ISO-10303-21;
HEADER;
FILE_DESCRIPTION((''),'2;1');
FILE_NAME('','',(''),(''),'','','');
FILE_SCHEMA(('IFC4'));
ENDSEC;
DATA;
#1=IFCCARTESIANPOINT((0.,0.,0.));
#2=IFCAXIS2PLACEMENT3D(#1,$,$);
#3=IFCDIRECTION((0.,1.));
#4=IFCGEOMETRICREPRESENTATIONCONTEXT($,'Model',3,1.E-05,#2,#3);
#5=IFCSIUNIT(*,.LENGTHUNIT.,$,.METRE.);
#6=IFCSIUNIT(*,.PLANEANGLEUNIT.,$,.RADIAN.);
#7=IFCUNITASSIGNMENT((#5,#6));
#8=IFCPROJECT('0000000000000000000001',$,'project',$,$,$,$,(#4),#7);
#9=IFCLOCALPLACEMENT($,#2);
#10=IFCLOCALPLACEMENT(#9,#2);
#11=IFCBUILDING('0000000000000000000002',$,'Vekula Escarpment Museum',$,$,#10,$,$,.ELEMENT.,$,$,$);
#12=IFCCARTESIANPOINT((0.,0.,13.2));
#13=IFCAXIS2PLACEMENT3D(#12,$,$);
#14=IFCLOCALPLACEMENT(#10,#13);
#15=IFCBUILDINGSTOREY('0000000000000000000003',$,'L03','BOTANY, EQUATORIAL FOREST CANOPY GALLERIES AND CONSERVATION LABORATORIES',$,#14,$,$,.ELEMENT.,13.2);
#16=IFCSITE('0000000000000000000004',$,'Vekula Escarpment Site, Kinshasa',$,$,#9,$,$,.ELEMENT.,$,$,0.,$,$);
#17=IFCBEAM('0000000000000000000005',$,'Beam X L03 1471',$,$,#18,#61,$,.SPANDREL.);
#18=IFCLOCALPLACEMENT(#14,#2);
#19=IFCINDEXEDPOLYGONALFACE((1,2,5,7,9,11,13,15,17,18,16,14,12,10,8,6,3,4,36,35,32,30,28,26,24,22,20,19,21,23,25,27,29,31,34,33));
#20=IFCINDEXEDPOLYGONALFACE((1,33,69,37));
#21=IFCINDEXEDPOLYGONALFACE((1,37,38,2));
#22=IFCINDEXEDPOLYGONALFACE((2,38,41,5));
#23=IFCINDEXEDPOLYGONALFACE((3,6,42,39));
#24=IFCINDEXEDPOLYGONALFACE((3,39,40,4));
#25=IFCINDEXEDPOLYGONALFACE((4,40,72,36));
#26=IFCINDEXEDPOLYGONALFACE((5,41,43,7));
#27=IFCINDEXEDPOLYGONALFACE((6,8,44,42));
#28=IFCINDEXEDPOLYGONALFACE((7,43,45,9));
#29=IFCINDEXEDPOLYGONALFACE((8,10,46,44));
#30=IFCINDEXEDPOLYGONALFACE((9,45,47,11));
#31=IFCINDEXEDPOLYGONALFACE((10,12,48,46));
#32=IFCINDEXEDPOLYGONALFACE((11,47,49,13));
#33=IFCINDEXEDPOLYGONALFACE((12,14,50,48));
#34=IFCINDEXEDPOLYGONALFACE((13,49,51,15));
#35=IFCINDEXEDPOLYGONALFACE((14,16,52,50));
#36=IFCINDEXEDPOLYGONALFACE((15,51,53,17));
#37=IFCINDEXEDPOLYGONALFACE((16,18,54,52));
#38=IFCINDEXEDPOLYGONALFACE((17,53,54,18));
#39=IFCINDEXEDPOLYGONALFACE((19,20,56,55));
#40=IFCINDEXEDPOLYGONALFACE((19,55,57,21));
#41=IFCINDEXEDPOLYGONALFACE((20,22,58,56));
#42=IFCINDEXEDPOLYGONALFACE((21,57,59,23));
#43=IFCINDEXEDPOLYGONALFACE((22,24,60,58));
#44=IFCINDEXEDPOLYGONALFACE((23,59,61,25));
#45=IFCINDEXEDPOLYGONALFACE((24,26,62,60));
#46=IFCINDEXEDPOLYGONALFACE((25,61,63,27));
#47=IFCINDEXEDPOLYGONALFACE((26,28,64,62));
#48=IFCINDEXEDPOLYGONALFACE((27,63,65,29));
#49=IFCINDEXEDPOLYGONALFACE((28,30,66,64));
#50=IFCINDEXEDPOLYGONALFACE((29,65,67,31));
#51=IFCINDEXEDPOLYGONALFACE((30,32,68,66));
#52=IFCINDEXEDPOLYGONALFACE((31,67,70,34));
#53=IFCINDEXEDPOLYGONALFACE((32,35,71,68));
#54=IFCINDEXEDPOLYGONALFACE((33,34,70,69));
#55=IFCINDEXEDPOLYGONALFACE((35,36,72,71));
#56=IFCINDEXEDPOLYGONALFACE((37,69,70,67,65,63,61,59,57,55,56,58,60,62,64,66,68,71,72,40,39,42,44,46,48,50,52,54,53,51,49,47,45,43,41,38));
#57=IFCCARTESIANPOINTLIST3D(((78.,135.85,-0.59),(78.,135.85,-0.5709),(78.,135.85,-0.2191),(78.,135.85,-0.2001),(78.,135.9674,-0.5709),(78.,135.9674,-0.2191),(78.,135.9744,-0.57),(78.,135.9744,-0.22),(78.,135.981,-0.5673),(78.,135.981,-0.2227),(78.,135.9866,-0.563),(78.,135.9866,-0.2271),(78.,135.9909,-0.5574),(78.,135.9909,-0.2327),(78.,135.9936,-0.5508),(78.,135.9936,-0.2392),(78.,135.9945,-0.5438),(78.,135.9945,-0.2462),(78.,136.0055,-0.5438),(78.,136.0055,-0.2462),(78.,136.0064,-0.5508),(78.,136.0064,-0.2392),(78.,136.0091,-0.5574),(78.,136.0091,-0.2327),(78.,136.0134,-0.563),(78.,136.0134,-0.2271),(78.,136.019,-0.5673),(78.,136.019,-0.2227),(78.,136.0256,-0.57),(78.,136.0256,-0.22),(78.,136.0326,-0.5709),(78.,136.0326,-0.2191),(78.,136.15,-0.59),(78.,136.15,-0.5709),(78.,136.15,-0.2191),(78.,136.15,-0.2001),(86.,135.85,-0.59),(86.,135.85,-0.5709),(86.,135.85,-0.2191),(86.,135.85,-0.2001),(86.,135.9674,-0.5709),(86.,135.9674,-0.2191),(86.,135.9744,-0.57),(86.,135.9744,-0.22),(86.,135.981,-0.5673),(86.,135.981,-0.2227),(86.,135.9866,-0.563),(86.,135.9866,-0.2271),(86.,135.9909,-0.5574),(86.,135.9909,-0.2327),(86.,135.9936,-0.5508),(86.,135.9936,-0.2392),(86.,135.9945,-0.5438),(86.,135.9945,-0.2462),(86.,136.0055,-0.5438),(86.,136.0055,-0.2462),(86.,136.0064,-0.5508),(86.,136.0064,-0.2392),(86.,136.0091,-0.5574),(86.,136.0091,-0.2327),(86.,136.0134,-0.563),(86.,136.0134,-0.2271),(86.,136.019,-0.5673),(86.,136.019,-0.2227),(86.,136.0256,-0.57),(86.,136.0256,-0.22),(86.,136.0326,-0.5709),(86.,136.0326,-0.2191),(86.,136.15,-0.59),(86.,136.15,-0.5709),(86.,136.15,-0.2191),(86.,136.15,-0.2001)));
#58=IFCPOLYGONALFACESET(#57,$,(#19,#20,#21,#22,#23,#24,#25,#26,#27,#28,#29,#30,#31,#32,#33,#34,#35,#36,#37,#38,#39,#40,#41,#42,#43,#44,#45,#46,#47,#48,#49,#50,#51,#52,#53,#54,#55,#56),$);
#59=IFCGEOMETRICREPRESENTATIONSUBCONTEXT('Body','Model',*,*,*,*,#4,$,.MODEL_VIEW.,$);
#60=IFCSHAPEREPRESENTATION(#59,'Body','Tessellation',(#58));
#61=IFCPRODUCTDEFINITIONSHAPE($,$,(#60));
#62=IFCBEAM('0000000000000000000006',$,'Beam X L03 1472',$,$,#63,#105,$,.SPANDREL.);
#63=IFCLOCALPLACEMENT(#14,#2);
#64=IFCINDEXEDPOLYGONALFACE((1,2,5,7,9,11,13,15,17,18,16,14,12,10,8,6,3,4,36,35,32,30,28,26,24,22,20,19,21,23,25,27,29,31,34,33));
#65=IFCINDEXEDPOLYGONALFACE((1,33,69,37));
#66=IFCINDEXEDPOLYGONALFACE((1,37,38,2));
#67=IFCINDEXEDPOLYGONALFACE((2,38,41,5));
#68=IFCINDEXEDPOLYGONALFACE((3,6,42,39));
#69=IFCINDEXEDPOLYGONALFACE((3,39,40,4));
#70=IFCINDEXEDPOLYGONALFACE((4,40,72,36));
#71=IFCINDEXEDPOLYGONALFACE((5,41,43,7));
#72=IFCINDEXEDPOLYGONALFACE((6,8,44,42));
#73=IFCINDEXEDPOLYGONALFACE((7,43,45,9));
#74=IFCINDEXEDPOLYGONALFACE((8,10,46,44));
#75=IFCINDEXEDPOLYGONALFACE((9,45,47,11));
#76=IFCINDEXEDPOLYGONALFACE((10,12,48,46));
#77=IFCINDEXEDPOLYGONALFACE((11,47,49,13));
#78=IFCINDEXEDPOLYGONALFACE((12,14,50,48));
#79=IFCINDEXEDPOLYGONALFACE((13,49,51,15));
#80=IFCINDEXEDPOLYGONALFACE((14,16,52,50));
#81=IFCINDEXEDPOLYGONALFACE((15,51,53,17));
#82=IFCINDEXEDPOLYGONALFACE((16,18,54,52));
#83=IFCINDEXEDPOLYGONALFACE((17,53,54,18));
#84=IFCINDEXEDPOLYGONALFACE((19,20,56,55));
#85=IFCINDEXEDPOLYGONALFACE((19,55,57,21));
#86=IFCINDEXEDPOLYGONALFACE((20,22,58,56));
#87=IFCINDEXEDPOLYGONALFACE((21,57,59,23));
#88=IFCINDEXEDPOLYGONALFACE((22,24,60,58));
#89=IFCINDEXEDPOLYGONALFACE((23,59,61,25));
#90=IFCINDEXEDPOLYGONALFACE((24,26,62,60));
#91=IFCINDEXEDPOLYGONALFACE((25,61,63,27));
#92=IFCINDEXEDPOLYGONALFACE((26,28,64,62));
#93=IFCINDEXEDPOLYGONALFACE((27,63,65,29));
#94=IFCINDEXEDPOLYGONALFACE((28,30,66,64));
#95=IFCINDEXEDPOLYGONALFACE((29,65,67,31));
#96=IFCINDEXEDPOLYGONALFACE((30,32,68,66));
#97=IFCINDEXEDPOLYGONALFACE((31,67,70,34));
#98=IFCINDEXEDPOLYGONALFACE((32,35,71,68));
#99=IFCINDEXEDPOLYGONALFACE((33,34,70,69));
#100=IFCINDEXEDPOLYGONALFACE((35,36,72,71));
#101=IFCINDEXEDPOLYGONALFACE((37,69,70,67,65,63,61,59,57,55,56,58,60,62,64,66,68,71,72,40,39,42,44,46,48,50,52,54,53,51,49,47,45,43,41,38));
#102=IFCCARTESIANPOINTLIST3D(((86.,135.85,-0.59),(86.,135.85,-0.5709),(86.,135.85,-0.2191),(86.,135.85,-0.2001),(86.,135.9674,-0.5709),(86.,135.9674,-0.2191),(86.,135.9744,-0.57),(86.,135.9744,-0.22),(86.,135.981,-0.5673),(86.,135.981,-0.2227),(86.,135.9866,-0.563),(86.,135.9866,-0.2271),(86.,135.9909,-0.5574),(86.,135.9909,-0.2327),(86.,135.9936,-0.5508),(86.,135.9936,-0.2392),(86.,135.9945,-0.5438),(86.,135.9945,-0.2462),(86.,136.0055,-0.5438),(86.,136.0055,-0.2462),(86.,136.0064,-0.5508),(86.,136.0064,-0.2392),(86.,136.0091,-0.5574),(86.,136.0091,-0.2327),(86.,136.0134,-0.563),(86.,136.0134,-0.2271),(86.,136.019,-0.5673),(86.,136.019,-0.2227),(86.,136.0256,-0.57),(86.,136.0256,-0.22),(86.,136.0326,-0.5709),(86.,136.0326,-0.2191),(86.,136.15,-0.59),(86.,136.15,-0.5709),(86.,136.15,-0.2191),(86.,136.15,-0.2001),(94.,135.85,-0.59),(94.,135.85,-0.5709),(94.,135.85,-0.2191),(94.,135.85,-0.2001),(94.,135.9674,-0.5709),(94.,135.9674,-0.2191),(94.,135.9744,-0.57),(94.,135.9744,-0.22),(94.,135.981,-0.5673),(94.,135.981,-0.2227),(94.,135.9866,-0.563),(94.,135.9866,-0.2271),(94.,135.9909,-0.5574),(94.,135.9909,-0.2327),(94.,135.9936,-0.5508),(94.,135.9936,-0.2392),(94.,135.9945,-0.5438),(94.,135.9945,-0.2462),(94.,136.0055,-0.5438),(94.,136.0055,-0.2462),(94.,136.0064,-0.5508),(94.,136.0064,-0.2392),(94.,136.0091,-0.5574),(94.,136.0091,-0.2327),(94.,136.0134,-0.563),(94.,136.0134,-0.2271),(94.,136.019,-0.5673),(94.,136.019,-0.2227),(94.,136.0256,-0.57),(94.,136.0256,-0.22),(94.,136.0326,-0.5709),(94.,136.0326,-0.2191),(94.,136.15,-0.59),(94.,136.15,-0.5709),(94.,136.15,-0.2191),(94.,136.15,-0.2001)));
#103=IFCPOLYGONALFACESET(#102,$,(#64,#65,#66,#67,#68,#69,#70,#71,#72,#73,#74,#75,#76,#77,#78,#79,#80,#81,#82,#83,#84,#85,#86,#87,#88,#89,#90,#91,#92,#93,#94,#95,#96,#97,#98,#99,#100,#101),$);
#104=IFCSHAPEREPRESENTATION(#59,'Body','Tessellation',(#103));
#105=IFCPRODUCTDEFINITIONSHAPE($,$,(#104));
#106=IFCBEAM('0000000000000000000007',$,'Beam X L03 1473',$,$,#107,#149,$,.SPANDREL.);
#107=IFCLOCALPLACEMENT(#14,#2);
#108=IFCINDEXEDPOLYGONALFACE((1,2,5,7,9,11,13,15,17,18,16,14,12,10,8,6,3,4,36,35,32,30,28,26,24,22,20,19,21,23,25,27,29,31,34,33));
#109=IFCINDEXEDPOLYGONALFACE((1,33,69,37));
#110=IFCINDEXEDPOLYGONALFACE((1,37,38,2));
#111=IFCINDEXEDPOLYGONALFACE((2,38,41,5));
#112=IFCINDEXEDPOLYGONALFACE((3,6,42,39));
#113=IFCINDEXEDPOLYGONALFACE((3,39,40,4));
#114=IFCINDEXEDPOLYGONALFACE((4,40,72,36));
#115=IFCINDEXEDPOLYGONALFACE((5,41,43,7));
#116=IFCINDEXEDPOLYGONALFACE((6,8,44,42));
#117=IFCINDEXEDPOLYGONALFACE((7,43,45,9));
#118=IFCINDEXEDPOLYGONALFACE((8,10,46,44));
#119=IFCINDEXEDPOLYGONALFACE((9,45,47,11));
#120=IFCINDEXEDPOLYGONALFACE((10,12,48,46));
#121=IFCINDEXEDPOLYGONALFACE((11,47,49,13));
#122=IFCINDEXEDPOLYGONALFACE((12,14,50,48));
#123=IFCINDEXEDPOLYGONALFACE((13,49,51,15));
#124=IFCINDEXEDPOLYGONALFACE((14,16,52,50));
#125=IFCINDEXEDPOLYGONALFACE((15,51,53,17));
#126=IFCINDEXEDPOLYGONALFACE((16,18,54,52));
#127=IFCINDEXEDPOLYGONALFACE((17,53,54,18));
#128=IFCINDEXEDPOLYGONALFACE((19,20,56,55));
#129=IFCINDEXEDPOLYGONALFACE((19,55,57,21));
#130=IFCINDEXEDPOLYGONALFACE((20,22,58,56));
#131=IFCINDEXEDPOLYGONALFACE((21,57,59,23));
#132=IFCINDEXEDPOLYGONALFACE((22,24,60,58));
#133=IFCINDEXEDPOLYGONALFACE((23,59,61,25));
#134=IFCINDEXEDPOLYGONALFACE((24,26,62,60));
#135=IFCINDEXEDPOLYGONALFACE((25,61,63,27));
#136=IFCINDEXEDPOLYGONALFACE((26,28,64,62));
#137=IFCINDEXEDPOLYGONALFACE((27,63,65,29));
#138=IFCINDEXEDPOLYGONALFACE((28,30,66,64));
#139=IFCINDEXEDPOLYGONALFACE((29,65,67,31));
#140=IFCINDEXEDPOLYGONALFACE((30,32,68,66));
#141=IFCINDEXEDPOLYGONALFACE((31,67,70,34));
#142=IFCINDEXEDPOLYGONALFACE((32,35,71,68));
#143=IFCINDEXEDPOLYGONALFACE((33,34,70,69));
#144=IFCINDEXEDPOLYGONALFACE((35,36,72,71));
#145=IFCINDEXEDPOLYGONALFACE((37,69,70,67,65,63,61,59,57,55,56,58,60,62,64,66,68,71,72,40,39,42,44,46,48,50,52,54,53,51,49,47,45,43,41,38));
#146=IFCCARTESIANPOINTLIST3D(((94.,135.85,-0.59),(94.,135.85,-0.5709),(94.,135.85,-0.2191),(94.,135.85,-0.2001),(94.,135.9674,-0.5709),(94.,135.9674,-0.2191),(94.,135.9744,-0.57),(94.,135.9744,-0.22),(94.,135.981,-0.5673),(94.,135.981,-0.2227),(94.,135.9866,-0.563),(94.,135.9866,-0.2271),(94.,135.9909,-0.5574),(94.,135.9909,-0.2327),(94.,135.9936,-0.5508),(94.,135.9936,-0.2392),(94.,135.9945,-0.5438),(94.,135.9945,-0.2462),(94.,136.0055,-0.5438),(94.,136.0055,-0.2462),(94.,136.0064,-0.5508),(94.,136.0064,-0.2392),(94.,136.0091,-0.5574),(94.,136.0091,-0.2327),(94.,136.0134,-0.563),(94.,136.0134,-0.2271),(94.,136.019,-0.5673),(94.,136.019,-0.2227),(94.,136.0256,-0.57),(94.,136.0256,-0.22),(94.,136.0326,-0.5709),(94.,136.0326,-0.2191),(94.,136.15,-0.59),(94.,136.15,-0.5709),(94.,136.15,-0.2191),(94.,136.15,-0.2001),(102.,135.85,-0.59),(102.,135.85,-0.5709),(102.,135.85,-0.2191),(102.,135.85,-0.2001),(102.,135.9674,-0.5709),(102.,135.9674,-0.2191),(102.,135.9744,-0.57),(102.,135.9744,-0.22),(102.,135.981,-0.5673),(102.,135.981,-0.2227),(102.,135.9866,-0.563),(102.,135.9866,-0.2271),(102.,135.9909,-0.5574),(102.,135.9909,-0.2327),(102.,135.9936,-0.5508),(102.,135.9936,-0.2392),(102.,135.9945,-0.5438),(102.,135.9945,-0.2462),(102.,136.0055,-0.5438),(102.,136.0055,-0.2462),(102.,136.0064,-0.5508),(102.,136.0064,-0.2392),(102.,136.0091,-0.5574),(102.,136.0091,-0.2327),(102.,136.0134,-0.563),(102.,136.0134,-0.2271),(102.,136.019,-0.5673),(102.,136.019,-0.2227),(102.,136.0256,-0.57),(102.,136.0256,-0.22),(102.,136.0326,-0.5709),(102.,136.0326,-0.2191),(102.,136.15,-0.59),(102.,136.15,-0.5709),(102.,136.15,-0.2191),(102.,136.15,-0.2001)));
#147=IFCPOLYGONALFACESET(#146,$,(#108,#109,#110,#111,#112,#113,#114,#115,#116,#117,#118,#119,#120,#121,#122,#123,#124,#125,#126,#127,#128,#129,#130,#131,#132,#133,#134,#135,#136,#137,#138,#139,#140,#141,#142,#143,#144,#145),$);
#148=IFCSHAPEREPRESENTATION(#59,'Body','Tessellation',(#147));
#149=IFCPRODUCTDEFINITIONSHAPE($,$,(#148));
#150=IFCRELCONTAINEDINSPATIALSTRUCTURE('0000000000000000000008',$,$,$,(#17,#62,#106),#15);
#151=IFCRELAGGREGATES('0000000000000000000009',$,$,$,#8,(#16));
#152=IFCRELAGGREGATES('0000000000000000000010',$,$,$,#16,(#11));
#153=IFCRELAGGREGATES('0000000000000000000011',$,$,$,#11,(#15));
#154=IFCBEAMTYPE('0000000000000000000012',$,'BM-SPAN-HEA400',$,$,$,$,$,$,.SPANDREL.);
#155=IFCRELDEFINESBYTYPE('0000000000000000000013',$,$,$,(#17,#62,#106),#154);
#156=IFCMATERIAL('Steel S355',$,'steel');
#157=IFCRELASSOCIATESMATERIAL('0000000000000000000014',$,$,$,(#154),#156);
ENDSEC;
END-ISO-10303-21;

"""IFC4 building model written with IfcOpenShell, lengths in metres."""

from ifc_helpers import new_model, si_unit, direction, frame, origin, origin_2d, place, context, subcontext, project, spatial, i_section, extrude, material, material_profile, profile_set, type_object, element, save


model = new_model("IFC4")

# Units and contexts
model_context = context("Model", 3, precision=1e-05, world=origin(), true_north=direction((0.0, 1.0)))
body_context = subcontext(model_context, "Body", "Model", "MODEL_VIEW")
ifc_project = project(units=[si_unit("LENGTHUNIT", "METRE"), si_unit("PLANEANGLEUNIT", "RADIAN")], contexts=[model_context])

# Site, building, storey
site_placement = place(None, origin())
site = spatial("IfcSite", under=ifc_project, at=site_placement, Name="Vekula Escarpment Site, Kinshasa", CompositionType="ELEMENT", RefElevation=0.0)
building_placement = place(site_placement, origin())
building = spatial("IfcBuilding", under=site, at=building_placement, Name="Vekula Escarpment Museum", CompositionType="ELEMENT")
storey_placement = place(building_placement, frame((0.0, 0.0, 13.2)))
storey = spatial("IfcBuildingStorey", under=building, at=storey_placement, Name="L03", Description="BOTANY, EQUATORIAL FOREST CANOPY GALLERIES AND CONSERVATION LABORATORIES", CompositionType="ELEMENT", Elevation=13.2)

# Beams
ifc_material_1 = material(Name="Steel S355", Category="steel")
ifc_material_profile_1 = material_profile(ifc_material_1, i_section(OverallWidth=0.3, OverallDepth=0.3899, WebThickness=0.011, FlangeThickness=0.019, FilletRadius=0.0271, at=origin_2d()), Name="HEA 400")
ifc_profile_set_1 = profile_set([ifc_material_profile_1], Name="Steel S355")
beam_type_1 = type_object("IfcBeamType", Name="BM-SPAN-HEA400", PredefinedType="SPANDREL", material=ifc_profile_set_1)
for number, where, z_axis, x_axis, name in (
    (1, (78.0, 136.0, -0.395), (1.0, 0.0, 0.0), (0.0, 1.0, 0.0), "Beam X L03 1471"),
    (2, (86.0, 136.0, -0.395), (1.0, 0.0, 0.0), (0.0, 1.0, 0.0), "Beam X L03 1472"),
    (3, (94.0, 136.0, -0.395), (1.0, 0.0, 0.0), (0.0, 1.0, 0.0), "Beam X L03 1473"),
):
    element("IfcBeam", number, at=place(storey_placement, frame(where, z_axis=z_axis, x_axis=x_axis)), inside=storey, type_object=beam_type_1, Name=name, PredefinedType="SPANDREL", context=body_context, shape_type="SweptSolid", body=[
        extrude(i_section(OverallWidth=0.3, OverallDepth=0.3899, WebThickness=0.011, FlangeThickness=0.019, FilletRadius=0.0271, at=origin_2d()), origin(), (0.0, 0.0, 1.0), 8.0),
    ])

save(model, "model.ifc")
